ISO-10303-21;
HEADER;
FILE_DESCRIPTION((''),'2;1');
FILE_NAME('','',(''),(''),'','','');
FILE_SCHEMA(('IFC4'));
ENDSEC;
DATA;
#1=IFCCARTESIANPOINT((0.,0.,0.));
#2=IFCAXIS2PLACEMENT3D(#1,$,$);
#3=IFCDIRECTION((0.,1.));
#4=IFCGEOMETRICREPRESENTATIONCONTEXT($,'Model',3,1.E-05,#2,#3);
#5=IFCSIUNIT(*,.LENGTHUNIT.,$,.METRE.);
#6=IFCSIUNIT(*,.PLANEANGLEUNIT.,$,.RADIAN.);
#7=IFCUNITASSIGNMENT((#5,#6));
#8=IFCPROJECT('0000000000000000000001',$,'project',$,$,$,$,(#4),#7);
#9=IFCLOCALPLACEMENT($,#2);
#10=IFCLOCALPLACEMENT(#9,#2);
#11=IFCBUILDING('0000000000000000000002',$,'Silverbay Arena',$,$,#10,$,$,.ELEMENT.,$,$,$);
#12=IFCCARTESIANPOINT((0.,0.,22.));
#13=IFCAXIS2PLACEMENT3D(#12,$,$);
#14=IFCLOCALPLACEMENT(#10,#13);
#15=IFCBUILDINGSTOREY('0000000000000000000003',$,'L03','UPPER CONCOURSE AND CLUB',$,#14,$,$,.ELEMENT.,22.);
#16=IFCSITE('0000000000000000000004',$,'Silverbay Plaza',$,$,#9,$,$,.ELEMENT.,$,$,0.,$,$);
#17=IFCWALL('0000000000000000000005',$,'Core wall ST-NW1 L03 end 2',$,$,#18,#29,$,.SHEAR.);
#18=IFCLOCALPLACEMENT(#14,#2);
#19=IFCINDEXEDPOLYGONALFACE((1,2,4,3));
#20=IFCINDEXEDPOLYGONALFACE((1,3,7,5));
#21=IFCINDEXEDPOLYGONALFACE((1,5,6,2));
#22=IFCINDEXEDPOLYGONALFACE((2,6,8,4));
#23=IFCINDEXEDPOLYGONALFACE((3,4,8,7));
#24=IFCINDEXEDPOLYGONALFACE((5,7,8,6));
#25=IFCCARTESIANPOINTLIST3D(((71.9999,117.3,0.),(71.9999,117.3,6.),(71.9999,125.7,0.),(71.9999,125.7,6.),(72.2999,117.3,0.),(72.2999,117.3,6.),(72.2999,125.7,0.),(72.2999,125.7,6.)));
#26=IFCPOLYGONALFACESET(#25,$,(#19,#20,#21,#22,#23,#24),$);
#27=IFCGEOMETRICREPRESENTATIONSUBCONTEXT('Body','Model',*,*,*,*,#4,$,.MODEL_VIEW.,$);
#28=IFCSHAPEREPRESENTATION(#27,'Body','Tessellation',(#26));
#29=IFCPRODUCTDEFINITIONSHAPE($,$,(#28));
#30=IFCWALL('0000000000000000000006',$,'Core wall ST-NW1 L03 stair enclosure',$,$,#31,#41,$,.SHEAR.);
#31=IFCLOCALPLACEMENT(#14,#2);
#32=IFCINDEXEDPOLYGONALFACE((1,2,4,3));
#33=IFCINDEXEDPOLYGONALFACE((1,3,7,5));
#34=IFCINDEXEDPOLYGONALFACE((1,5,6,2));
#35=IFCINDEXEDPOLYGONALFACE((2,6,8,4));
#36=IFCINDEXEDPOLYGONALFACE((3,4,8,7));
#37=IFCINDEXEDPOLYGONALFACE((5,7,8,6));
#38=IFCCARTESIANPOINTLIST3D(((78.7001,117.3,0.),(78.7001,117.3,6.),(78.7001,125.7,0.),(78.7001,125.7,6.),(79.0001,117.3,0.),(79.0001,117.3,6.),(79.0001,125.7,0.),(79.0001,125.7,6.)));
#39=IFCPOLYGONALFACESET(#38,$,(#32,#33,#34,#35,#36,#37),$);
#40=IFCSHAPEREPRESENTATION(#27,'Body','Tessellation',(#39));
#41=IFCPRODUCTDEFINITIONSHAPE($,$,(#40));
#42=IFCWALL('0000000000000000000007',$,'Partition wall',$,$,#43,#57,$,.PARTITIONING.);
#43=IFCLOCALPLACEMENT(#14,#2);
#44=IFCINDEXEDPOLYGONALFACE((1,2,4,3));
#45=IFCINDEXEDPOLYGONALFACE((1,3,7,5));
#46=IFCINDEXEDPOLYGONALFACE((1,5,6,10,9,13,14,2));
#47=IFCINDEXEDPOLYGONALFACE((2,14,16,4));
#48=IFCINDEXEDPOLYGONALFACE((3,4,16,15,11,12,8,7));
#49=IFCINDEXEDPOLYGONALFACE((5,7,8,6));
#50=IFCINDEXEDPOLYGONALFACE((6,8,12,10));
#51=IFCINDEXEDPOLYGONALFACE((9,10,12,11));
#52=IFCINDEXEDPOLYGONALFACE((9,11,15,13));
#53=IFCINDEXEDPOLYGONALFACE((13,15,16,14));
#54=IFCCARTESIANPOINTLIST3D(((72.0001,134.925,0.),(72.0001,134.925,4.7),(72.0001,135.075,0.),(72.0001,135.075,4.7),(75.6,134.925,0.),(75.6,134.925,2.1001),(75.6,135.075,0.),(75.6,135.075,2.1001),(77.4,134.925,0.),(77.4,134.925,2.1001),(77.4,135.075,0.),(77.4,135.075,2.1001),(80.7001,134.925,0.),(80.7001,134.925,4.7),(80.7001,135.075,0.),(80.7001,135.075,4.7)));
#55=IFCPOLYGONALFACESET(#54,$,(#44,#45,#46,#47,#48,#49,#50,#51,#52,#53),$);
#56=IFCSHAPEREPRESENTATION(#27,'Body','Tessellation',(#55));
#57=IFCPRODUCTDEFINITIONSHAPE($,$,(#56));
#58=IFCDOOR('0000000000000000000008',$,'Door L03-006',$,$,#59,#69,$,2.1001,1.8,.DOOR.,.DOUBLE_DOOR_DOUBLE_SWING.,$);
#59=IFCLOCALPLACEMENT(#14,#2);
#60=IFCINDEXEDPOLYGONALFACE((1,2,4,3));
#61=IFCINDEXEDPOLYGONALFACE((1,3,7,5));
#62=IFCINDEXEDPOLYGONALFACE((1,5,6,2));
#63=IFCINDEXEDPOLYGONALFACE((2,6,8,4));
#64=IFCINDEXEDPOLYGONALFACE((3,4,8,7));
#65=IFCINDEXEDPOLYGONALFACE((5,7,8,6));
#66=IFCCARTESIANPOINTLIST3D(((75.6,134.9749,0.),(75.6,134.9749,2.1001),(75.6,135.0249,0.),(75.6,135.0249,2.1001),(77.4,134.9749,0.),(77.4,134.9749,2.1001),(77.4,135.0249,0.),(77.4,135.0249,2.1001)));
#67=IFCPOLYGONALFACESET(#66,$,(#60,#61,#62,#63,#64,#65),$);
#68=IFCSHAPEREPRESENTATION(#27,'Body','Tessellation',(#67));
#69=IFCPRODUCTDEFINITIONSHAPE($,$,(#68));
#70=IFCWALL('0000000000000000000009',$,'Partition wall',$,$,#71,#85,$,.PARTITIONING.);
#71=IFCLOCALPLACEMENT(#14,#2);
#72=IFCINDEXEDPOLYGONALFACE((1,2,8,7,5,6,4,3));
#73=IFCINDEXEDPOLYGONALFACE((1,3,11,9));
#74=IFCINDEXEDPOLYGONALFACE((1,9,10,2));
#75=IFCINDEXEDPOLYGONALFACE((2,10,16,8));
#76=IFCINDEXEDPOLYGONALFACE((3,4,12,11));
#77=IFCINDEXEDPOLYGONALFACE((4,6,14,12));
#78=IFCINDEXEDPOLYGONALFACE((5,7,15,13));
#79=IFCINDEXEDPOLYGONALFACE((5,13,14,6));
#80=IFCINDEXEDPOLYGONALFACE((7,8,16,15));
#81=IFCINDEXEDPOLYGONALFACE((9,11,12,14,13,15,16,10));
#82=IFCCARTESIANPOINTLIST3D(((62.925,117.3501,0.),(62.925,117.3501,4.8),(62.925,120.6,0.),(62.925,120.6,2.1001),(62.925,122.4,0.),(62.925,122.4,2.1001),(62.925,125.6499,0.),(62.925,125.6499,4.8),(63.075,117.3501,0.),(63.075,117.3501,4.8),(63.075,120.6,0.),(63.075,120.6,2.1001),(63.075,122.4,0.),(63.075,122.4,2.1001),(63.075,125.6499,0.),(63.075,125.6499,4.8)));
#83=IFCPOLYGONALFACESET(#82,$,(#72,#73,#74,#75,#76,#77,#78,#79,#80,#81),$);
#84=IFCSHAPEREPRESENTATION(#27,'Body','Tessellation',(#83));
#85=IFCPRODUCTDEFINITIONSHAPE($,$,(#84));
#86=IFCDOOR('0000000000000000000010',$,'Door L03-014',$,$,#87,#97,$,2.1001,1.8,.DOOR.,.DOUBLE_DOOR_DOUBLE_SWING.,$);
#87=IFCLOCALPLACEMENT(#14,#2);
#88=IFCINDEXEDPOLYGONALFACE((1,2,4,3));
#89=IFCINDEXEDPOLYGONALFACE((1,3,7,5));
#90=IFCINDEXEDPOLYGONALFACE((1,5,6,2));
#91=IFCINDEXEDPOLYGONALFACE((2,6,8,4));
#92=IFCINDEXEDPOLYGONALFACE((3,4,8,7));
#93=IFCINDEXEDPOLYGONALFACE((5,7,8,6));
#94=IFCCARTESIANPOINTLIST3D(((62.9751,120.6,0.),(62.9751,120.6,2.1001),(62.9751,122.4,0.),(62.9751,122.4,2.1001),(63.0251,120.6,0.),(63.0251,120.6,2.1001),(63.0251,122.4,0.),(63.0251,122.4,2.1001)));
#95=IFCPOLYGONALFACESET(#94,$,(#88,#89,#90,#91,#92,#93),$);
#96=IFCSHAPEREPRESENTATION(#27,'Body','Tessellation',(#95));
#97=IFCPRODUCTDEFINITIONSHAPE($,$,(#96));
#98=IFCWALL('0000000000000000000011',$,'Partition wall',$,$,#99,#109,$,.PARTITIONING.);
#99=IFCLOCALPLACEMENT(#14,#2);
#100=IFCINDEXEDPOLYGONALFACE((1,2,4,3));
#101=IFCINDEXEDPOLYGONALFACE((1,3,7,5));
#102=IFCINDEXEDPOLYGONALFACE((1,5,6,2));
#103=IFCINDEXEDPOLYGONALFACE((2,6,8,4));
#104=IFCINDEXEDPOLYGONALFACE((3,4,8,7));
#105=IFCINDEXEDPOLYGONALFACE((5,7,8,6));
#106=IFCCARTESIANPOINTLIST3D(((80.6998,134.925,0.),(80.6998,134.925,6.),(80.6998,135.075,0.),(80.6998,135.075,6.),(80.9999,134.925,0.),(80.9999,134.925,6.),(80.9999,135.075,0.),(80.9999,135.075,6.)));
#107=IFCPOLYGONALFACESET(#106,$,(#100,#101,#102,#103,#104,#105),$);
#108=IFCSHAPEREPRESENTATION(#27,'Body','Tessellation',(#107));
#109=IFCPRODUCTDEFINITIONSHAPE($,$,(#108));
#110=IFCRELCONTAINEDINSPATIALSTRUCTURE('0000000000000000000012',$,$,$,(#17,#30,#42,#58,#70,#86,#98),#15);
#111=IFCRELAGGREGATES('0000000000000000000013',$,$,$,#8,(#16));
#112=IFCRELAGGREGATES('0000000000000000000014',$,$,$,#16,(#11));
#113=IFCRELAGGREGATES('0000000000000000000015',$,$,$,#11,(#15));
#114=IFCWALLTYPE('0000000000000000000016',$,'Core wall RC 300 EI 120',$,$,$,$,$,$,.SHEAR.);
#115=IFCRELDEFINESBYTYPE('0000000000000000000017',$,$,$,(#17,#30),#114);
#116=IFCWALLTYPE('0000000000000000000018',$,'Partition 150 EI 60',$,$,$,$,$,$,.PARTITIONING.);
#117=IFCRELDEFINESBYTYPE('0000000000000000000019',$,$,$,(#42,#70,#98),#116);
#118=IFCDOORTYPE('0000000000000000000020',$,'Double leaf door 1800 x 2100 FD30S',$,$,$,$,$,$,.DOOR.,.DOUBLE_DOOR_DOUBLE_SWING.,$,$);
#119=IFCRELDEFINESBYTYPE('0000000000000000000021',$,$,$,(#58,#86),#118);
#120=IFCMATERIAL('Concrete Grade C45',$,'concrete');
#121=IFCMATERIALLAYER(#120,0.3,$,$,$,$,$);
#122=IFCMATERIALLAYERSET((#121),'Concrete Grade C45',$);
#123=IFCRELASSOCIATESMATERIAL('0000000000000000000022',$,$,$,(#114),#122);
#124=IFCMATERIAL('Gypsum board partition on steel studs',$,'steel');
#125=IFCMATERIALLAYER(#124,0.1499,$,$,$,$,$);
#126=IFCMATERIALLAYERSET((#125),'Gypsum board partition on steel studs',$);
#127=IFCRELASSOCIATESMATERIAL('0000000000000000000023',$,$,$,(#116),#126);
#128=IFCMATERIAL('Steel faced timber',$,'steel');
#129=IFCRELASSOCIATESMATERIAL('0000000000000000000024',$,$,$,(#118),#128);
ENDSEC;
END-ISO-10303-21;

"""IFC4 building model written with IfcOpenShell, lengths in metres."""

from ifc_helpers import new_model, si_unit, direction, frame, frame_2d, origin, place, context, subcontext, project, spatial, rectangle, extrude, material, layer, layer_set, type_object, element, fill, save


model = new_model("IFC4")

# Units and contexts
model_context = context("Model", 3, precision=1e-05, world=origin(), true_north=direction((0.0, 1.0)))
body_context = subcontext(model_context, "Body", "Model", "MODEL_VIEW")
ifc_project = project(units=[si_unit("LENGTHUNIT", "METRE"), si_unit("PLANEANGLEUNIT", "RADIAN")], contexts=[model_context])

# Site, building, storey
site_placement = place(None, origin())
site = spatial("IfcSite", under=ifc_project, at=site_placement, Name="Silverbay Plaza", CompositionType="ELEMENT", RefElevation=0.0)
building_placement = place(site_placement, origin())
building = spatial("IfcBuilding", under=site, at=building_placement, Name="Silverbay Arena", CompositionType="ELEMENT")
storey_placement = place(building_placement, frame((0.0, 0.0, 22.0)))
storey = spatial("IfcBuildingStorey", under=building, at=storey_placement, Name="L03", Description="UPPER CONCOURSE AND CLUB", CompositionType="ELEMENT", Elevation=22.0)

# Shared definitions
ifc_material_1 = material(Name="Concrete Grade C45", Category="concrete")
ifc_layer_1 = layer(ifc_material_1, 0.3)
ifc_layer_set_1 = layer_set([ifc_layer_1], Name="Concrete Grade C45")
wall_type_1 = type_object("IfcWallType", Name="Core wall RC 300 EI 120", PredefinedType="SHEAR", material=ifc_layer_set_1)

# Walls
for number, where, z_axis, x_axis, name in (
    (1, (72.1499, 117.3, 0.0), (0.0, 0.0, 1.0), (0.0, 1.0, 0.0), "Core wall ST-NW1 L03 end 2"),
    (2, (78.8501, 117.3, 0.0), (0.0, 0.0, 1.0), (0.0, 1.0, 0.0), "Core wall ST-NW1 L03 stair enclosure"),
):
    element("IfcWall", number, at=place(storey_placement, frame(where, z_axis=z_axis, x_axis=x_axis)), inside=storey, type_object=wall_type_1, Name=name, PredefinedType="SHEAR", context=body_context, shape_type="SweptSolid", body=[
        extrude(rectangle(XDim=8.3999, YDim=0.3, at=frame_2d((4.2, 0.0))), origin(), (0.0, 0.0, 1.0), 6.0),
    ])

# Walls, openings, doors
ifc_material_2 = material(Name="Gypsum board partition on steel studs", Category="steel")
ifc_layer_2 = layer(ifc_material_2, 0.1499)
ifc_layer_set_2 = layer_set([ifc_layer_2], Name="Gypsum board partition on steel studs")
wall_type_2 = type_object("IfcWallType", Name="Partition 150 EI 60", PredefinedType="PARTITIONING", material=ifc_layer_set_2)
wall_1_placement = place(storey_placement, frame((72.0, 135.0, 0.0), z_axis=(0.0, 0.0, 1.0), x_axis=(1.0, 0.0, 0.0)))
wall_1 = element("IfcWall", 3, at=wall_1_placement, inside=storey, type_object=wall_type_2, Name="Partition wall", PredefinedType="PARTITIONING", context=body_context, shape_type="SweptSolid", body=[
    extrude(rectangle(XDim=8.7, YDim=0.1499, at=frame_2d((4.3501, 0.0))), origin(), (0.0, 0.0, 1.0), 4.7),
])
opening_1_placement = place(wall_1_placement, frame((3.6001, 0.0, 0.0)))
opening_1 = element("IfcOpeningElement", 4, at=opening_1_placement, cuts=wall_1, PredefinedType="OPENING", context=body_context, shape_type="SweptSolid", body=[
    extrude(rectangle(XDim=1.8, YDim=2.1001, at=frame_2d((0.8999, 1.05))), frame((0.0, 0.085, 0.0), z_axis=(0.0, -1.0, 0.0), x_axis=(1.0, 0.0, 0.0)), (0.0, 0.0, 1.0), 0.1699),
])
ifc_material_3 = material(Name="Steel faced timber", Category="steel")
door_type_1 = type_object("IfcDoorType", Name="Double leaf door 1800 x 2100 FD30S", OperationType="DOUBLE_DOOR_DOUBLE_SWING", PredefinedType="DOOR", material=ifc_material_3)
door_1_placement = place(opening_1_placement, origin())
door_1 = element("IfcDoor", 5, at=door_1_placement, inside=storey, type_object=door_type_1, Name="Door L03-006", OperationType="DOUBLE_DOOR_DOUBLE_SWING", OverallHeight=2.1001, OverallWidth=1.8, PredefinedType="DOOR", context=body_context, shape_type="SweptSolid", body=[
    extrude(rectangle(XDim=1.8, YDim=2.1001, at=frame_2d((0.8999, 1.05))), frame((0.0, 0.0249, 0.0), z_axis=(0.0, -1.0, 0.0), x_axis=(1.0, 0.0, 0.0)), (0.0, 0.0, 1.0), 0.05),
])
fill(opening_1, door_1)
wall_2_placement = place(storey_placement, frame((63.0, 117.3501, 0.0), z_axis=(0.0, 0.0, 1.0), x_axis=(0.0, 1.0, 0.0)))
wall_2 = element("IfcWall", 6, at=wall_2_placement, inside=storey, type_object=wall_type_2, Name="Partition wall", PredefinedType="PARTITIONING", context=body_context, shape_type="SweptSolid", body=[
    extrude(rectangle(XDim=8.2998, YDim=0.1499, at=frame_2d((4.1499, 0.0))), origin(), (0.0, 0.0, 1.0), 4.8),
])
opening_2_placement = place(wall_2_placement, frame((3.25, 0.0, 0.0)))
opening_2 = element("IfcOpeningElement", 7, at=opening_2_placement, cuts=wall_2, PredefinedType="OPENING", context=body_context, shape_type="SweptSolid", body=[
    extrude(rectangle(XDim=1.8, YDim=2.1001, at=frame_2d((0.8999, 1.05))), frame((0.0, 0.085, 0.0), z_axis=(0.0, -1.0, 0.0), x_axis=(1.0, 0.0, 0.0)), (0.0, 0.0, 1.0), 0.1699),
])
door_2_placement = place(opening_2_placement, origin())
door_2 = element("IfcDoor", 8, at=door_2_placement, inside=storey, type_object=door_type_1, Name="Door L03-014", OperationType="DOUBLE_DOOR_DOUBLE_SWING", OverallHeight=2.1001, OverallWidth=1.8, PredefinedType="DOOR", context=body_context, shape_type="SweptSolid", body=[
    extrude(rectangle(XDim=1.8, YDim=2.1001, at=frame_2d((0.8999, 1.05))), frame((0.0, 0.0249, 0.0), z_axis=(0.0, -1.0, 0.0), x_axis=(1.0, 0.0, 0.0)), (0.0, 0.0, 1.0), 0.05),
])
fill(opening_2, door_2)

# Wall
wall_3_placement = place(storey_placement, frame((80.7, 135.0, 0.0), z_axis=(0.0, 0.0, 1.0), x_axis=(1.0, 0.0, 0.0)))
element("IfcWall", 9, at=wall_3_placement, inside=storey, type_object=wall_type_2, Name="Partition wall", PredefinedType="PARTITIONING", context=body_context, shape_type="SweptSolid", body=[
    extrude(rectangle(XDim=0.3, YDim=0.1499, at=frame_2d((0.1499, 0.0))), origin(), (0.0, 0.0, 1.0), 6.0),
])

save(model, "model.ifc")
